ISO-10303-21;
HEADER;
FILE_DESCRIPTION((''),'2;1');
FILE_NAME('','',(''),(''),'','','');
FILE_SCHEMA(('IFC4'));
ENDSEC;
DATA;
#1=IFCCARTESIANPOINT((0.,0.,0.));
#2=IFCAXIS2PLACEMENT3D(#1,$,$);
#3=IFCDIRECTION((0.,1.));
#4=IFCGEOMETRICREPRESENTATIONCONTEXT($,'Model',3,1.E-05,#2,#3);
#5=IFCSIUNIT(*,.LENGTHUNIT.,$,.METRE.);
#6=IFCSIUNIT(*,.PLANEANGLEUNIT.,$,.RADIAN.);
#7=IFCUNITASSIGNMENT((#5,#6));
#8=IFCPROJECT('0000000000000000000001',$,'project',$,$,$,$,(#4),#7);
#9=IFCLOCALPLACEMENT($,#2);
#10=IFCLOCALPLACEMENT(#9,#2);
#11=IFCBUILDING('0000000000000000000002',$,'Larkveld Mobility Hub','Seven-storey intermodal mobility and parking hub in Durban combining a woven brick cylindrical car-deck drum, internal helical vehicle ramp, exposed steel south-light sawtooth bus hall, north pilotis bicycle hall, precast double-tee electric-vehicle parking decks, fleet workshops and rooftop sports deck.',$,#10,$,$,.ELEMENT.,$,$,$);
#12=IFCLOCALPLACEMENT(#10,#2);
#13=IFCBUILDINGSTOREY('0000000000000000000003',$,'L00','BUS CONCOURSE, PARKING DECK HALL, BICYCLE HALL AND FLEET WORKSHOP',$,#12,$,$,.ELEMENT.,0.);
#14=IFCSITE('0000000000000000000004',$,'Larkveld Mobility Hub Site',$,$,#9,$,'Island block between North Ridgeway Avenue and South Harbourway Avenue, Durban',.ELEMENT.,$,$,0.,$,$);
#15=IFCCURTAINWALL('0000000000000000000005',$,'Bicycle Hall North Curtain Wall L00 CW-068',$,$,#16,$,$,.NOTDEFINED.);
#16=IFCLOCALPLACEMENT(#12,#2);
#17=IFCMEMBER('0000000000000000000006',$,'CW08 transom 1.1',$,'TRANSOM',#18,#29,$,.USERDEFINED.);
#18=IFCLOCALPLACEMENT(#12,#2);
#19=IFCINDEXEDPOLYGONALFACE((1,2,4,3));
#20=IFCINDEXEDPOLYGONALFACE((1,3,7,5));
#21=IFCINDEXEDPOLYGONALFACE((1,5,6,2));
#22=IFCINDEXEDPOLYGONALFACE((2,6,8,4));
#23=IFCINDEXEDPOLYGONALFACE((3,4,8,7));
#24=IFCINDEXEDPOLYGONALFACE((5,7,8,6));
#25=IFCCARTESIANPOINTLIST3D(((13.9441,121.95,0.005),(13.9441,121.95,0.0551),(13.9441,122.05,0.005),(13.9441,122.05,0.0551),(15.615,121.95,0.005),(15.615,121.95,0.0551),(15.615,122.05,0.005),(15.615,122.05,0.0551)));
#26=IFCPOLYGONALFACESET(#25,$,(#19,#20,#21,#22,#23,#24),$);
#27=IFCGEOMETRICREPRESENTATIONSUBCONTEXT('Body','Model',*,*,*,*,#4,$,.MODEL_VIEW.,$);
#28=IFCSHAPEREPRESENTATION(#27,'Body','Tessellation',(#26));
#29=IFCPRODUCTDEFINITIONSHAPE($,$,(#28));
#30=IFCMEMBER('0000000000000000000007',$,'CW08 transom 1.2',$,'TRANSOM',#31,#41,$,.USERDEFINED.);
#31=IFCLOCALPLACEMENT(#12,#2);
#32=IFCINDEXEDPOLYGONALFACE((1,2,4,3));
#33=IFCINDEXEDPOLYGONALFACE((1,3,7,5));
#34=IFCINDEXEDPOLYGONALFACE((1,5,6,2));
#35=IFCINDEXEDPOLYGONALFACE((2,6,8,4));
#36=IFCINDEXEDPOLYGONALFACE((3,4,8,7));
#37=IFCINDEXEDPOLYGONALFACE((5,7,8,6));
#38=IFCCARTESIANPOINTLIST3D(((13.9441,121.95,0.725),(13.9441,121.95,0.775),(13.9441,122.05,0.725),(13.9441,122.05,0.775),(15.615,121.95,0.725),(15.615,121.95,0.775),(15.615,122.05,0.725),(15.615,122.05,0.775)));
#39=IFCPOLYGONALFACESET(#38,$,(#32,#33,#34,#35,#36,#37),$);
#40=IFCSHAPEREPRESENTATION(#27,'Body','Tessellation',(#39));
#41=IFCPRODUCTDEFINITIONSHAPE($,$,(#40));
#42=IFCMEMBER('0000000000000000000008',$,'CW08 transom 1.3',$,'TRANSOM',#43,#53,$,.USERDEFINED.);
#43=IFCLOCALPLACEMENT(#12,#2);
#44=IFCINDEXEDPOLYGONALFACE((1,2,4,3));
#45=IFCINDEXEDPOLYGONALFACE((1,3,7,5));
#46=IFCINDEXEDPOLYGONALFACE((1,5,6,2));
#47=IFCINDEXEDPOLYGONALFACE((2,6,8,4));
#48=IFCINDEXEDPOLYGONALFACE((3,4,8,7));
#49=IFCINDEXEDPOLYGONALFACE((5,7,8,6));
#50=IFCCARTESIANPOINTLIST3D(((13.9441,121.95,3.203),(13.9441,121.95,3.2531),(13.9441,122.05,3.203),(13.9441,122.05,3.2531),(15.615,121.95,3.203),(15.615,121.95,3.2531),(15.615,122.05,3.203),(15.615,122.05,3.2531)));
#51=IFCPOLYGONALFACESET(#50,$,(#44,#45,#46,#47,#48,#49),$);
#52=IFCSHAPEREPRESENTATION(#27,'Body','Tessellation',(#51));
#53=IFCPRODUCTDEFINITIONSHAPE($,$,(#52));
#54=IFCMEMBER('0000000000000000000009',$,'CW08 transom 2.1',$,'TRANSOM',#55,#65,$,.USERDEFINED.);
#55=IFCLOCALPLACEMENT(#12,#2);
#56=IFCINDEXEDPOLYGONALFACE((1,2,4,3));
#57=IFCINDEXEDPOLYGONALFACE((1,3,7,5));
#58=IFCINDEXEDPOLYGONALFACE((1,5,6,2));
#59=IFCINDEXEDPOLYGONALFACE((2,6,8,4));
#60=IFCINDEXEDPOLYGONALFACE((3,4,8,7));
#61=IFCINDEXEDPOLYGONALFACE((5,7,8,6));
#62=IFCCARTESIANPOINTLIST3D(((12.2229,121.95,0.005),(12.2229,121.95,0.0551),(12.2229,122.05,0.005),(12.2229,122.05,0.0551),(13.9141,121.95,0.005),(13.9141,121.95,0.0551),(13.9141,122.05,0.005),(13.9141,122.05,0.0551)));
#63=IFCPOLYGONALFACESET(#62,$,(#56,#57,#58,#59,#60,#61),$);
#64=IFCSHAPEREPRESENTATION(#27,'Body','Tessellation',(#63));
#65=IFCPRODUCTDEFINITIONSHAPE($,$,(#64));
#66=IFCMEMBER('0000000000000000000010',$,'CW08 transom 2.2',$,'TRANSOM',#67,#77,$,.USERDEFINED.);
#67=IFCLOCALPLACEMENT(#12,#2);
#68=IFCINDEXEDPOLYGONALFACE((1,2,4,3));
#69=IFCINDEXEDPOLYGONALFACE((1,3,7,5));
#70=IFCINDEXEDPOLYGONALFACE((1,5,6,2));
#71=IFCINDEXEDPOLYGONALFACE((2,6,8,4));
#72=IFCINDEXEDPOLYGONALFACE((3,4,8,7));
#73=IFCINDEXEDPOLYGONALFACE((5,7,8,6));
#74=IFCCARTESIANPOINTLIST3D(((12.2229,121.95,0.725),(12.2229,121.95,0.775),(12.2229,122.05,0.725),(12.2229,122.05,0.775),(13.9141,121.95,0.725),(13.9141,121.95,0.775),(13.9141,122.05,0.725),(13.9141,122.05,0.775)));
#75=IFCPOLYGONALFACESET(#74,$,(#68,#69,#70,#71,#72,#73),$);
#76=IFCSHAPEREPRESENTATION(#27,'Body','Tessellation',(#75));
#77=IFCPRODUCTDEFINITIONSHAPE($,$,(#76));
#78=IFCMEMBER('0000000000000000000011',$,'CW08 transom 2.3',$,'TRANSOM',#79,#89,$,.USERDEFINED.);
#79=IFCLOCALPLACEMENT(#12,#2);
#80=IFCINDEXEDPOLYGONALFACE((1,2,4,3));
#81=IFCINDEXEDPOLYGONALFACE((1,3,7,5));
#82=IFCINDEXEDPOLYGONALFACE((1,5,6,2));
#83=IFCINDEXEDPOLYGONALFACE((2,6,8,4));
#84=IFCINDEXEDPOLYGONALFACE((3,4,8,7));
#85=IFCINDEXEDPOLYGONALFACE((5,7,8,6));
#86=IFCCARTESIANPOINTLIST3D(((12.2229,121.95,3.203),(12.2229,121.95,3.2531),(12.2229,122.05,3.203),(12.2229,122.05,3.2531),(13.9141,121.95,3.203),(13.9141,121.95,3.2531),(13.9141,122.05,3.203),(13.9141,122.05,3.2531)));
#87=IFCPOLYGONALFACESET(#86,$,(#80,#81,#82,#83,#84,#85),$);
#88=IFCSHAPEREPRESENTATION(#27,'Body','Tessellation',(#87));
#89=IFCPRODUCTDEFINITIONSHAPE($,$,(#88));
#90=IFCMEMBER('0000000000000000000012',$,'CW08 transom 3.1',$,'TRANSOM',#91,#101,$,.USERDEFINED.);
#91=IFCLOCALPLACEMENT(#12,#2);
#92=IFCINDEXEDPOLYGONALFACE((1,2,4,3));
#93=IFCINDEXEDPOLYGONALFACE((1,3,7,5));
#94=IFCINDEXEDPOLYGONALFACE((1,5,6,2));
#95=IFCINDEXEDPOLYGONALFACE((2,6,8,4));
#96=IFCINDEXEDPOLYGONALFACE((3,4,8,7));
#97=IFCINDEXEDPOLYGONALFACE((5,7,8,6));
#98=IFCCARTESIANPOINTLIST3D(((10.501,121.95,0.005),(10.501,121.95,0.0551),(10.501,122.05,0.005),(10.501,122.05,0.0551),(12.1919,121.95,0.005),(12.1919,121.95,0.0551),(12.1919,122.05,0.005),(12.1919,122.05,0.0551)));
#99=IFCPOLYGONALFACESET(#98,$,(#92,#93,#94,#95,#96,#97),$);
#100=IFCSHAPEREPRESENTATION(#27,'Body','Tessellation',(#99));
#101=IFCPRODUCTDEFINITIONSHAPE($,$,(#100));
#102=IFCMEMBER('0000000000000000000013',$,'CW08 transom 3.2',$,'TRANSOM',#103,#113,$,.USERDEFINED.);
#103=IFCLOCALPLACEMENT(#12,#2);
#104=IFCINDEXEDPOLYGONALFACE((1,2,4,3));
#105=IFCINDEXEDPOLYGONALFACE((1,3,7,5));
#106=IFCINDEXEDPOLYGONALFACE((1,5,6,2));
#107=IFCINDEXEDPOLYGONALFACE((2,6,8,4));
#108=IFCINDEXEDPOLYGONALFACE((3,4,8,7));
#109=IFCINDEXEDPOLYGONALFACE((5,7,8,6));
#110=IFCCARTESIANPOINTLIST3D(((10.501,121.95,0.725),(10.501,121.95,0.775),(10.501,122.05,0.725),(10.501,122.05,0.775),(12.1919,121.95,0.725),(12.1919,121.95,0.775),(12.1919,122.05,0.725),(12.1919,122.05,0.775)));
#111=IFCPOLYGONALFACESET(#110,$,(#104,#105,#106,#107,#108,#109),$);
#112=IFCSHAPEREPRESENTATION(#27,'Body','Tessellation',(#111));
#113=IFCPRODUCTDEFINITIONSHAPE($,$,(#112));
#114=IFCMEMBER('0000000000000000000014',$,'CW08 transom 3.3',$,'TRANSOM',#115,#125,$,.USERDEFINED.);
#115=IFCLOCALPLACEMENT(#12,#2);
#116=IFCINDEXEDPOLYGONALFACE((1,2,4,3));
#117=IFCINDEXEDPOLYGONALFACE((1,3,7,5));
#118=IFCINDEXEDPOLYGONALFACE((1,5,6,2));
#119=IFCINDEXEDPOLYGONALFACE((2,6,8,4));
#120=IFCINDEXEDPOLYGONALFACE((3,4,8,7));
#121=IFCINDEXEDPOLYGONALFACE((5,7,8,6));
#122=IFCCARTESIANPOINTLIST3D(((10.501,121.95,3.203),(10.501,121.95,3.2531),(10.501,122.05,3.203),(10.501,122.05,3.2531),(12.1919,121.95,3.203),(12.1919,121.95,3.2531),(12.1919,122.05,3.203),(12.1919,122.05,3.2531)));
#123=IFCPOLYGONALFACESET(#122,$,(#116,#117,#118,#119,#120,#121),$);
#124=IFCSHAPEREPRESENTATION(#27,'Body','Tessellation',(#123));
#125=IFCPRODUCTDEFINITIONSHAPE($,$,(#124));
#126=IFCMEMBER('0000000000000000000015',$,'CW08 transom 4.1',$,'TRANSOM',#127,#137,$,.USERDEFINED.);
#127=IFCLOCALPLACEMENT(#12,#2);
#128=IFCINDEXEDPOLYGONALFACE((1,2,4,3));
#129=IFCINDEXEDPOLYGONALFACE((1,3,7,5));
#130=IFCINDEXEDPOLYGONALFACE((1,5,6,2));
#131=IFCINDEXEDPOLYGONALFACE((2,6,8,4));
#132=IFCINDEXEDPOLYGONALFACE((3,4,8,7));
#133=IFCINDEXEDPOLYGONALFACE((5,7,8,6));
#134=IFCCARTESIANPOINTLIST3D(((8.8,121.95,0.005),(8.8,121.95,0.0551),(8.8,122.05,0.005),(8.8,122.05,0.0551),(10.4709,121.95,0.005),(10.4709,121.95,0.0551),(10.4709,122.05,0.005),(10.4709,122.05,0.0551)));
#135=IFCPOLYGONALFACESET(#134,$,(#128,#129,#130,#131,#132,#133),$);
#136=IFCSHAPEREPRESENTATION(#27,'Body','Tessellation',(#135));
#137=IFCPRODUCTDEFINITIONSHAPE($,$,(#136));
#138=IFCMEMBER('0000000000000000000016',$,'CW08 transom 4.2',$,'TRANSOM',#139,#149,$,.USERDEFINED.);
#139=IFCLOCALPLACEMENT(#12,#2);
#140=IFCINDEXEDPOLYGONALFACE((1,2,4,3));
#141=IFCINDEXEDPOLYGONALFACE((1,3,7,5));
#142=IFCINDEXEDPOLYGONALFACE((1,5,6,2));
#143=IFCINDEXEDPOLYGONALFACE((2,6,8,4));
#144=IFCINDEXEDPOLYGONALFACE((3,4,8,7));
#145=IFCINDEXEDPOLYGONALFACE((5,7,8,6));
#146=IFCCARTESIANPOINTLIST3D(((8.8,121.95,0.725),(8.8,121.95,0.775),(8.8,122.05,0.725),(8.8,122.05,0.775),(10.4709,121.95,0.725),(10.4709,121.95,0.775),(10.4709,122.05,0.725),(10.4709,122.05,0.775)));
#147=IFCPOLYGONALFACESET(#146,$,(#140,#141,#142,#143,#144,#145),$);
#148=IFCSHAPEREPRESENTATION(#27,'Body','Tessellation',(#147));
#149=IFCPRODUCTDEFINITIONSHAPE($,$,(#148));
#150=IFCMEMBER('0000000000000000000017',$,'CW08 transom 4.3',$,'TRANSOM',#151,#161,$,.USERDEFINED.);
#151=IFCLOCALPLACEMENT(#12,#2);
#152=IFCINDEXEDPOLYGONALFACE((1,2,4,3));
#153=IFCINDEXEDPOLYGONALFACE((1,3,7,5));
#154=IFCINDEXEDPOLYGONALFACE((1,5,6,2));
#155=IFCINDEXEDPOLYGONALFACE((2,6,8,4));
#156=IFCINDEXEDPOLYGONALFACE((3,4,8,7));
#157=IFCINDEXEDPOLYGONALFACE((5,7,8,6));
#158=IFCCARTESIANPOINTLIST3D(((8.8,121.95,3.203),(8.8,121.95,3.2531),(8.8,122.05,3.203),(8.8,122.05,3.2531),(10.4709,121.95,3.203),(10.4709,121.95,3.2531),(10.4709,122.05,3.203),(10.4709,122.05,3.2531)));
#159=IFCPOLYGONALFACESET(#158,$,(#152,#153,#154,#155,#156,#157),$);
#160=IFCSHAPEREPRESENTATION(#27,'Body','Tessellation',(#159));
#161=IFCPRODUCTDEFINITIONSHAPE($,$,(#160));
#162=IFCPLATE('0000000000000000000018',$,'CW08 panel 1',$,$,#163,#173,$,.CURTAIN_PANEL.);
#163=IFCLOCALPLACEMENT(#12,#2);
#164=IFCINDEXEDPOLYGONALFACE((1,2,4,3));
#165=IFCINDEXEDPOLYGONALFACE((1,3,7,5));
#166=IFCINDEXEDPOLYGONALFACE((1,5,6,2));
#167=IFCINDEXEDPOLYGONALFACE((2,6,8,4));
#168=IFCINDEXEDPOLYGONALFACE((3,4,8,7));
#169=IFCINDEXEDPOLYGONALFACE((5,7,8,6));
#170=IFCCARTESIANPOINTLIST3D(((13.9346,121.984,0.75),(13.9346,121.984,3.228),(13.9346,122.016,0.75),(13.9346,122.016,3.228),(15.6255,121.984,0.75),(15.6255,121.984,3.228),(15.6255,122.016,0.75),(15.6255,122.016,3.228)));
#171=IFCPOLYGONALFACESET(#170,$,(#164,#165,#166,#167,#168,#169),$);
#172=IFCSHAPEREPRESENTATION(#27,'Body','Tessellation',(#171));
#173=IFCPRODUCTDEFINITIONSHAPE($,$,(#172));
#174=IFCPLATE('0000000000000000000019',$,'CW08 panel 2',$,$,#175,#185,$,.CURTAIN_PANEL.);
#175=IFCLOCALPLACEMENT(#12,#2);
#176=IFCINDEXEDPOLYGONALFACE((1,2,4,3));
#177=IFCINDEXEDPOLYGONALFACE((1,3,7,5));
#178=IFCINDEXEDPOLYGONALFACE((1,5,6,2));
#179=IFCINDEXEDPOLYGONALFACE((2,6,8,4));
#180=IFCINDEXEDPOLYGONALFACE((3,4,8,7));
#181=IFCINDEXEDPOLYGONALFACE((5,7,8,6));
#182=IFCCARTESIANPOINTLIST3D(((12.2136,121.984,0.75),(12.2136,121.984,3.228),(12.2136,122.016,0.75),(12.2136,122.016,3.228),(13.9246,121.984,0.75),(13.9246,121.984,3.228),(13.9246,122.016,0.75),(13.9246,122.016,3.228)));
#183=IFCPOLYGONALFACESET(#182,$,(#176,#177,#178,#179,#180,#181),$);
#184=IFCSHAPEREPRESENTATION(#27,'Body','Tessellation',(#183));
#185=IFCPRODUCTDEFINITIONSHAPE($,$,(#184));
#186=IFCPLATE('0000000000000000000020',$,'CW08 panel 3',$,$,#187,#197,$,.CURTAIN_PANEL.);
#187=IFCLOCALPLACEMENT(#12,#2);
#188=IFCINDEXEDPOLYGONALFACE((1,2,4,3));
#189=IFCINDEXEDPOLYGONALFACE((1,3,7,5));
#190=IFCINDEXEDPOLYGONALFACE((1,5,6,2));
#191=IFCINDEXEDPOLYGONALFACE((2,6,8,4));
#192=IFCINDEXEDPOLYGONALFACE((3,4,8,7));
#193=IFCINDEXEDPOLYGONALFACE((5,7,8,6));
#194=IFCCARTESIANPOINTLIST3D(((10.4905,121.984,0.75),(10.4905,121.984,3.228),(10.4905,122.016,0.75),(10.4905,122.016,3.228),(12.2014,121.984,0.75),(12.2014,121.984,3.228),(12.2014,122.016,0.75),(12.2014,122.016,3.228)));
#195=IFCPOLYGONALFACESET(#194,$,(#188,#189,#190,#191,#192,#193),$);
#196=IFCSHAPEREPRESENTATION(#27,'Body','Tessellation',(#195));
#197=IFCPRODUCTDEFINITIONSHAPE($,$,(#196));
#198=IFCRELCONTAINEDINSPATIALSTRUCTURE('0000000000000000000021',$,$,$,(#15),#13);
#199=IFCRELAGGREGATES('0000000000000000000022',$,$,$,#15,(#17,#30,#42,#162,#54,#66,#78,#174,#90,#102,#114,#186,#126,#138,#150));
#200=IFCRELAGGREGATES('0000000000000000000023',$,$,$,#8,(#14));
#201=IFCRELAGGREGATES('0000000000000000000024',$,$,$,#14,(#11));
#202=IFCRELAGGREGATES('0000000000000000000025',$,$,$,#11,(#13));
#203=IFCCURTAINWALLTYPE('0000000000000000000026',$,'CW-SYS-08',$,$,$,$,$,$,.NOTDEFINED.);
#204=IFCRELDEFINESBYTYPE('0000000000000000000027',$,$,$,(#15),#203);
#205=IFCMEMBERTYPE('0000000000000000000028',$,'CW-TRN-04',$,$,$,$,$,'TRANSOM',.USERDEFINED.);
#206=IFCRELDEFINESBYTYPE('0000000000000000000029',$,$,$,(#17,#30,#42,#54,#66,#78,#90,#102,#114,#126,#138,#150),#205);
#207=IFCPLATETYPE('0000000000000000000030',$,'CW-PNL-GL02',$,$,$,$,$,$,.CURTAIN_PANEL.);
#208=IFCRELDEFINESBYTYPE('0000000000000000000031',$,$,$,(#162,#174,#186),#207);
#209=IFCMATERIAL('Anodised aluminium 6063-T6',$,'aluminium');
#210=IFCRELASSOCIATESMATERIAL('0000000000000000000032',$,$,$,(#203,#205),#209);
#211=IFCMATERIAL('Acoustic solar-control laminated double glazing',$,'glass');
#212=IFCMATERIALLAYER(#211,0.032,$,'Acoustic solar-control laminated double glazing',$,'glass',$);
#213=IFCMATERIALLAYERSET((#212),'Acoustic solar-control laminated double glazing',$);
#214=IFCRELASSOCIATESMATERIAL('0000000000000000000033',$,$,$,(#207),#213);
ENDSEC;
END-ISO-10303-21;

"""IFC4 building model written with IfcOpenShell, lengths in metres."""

from ifc_helpers import new_model, si_unit, direction, frame, origin, origin_2d, place, context, subcontext, project, spatial, rectangle, extrude, material, layer, layer_set, material_profile, profile_set, type_object, element, aggregate, save


model = new_model("IFC4")

# Units and contexts
model_context = context("Model", 3, precision=1e-05, world=origin(), true_north=direction((0.0, 1.0)))
body_context = subcontext(model_context, "Body", "Model", "MODEL_VIEW")
ifc_project = project(units=[si_unit("LENGTHUNIT", "METRE"), si_unit("PLANEANGLEUNIT", "RADIAN")], contexts=[model_context])

# Site, building, storey
site_placement = place(None, origin())
site = spatial("IfcSite", under=ifc_project, at=site_placement, Name="Larkveld Mobility Hub Site", LongName="Island block between North Ridgeway Avenue and South Harbourway Avenue, Durban", CompositionType="ELEMENT", RefElevation=0.0)
building_placement = place(site_placement, origin())
building = spatial("IfcBuilding", under=site, at=building_placement, Name="Larkveld Mobility Hub", Description="Seven-storey intermodal mobility and parking hub in Durban combining a woven brick cylindrical car-deck drum, internal helical vehicle ramp, exposed steel south-light sawtooth bus hall, north pilotis bicycle hall, precast double-tee electric-vehicle parking decks, fleet workshops and rooftop sports deck.", CompositionType="ELEMENT")
storey_placement = place(building_placement, origin())
storey = spatial("IfcBuildingStorey", under=building, at=storey_placement, Name="L00", Description="BUS CONCOURSE, PARKING DECK HALL, BICYCLE HALL AND FLEET WORKSHOP", CompositionType="ELEMENT", Elevation=0.0)

# Curtain wall, members, plates
ifc_material_1 = material(Name="Anodised aluminium 6063-T6", Category="aluminium")
curtain_wall_type = type_object("IfcCurtainWallType", Name="CW-SYS-08", PredefinedType="NOTDEFINED", material=ifc_material_1)
curtain_wall_placement = place(storey_placement, origin())
curtain_wall = element("IfcCurtainWall", 1, at=curtain_wall_placement, inside=storey, type_object=curtain_wall_type, Name="Bicycle Hall North Curtain Wall L00 CW-068", PredefinedType="NOTDEFINED")
ifc_material_profile_1 = material_profile(ifc_material_1, rectangle(XDim=0.1001, YDim=0.05, at=origin_2d()), Name="ALU TRAN 50x100")
ifc_profile_set_1 = profile_set([ifc_material_profile_1], Name="Anodised aluminium 6063-T6")
member_type_1 = type_object("IfcMemberType", Name="CW-TRN-04", ElementType="TRANSOM", PredefinedType="USERDEFINED", material=ifc_profile_set_1)
member_1_placement = place(storey_placement, frame((15.615, 122.0, 0.03), z_axis=(-1.0, 0.0, 0.0), x_axis=(0.0, -1.0, 0.0)))
member_1 = element("IfcMember", 2, at=member_1_placement, type_object=member_type_1, Name="CW08 transom 1.1", ObjectType="TRANSOM", PredefinedType="USERDEFINED", context=body_context, shape_type="SweptSolid", body=[
    extrude(rectangle(XDim=0.1001, YDim=0.05, at=origin_2d()), origin(), (0.0, 0.0, 1.0), 1.6709),
])
member_2_placement = place(storey_placement, frame((15.615, 122.0, 0.75), z_axis=(-1.0, 0.0, 0.0), x_axis=(0.0, -1.0, 0.0)))
member_2 = element("IfcMember", 3, at=member_2_placement, type_object=member_type_1, Name="CW08 transom 1.2", ObjectType="TRANSOM", PredefinedType="USERDEFINED", context=body_context, shape_type="SweptSolid", body=[
    extrude(rectangle(XDim=0.1001, YDim=0.05, at=origin_2d()), origin(), (0.0, 0.0, 1.0), 1.6709),
])
member_3_placement = place(storey_placement, frame((15.615, 122.0, 3.228), z_axis=(-1.0, 0.0, 0.0), x_axis=(0.0, -1.0, 0.0)))
member_3 = element("IfcMember", 4, at=member_3_placement, type_object=member_type_1, Name="CW08 transom 1.3", ObjectType="TRANSOM", PredefinedType="USERDEFINED", context=body_context, shape_type="SweptSolid", body=[
    extrude(rectangle(XDim=0.1001, YDim=0.05, at=origin_2d()), origin(), (0.0, 0.0, 1.0), 1.6709),
])
member_4_placement = place(storey_placement, frame((13.9141, 122.0, 0.03), z_axis=(-1.0, 0.0, 0.0), x_axis=(0.0, -1.0, 0.0)))
member_4 = element("IfcMember", 5, at=member_4_placement, type_object=member_type_1, Name="CW08 transom 2.1", ObjectType="TRANSOM", PredefinedType="USERDEFINED", context=body_context, shape_type="SweptSolid", body=[
    extrude(rectangle(XDim=0.1001, YDim=0.05, at=origin_2d()), origin(), (0.0, 0.0, 1.0), 1.6912),
])
member_5_placement = place(storey_placement, frame((13.9141, 122.0, 0.75), z_axis=(-1.0, 0.0, 0.0), x_axis=(0.0, -1.0, 0.0)))
member_5 = element("IfcMember", 6, at=member_5_placement, type_object=member_type_1, Name="CW08 transom 2.2", ObjectType="TRANSOM", PredefinedType="USERDEFINED", context=body_context, shape_type="SweptSolid", body=[
    extrude(rectangle(XDim=0.1001, YDim=0.05, at=origin_2d()), origin(), (0.0, 0.0, 1.0), 1.6912),
])
member_6_placement = place(storey_placement, frame((13.9141, 122.0, 3.228), z_axis=(-1.0, 0.0, 0.0), x_axis=(0.0, -1.0, 0.0)))
member_6 = element("IfcMember", 7, at=member_6_placement, type_object=member_type_1, Name="CW08 transom 2.3", ObjectType="TRANSOM", PredefinedType="USERDEFINED", context=body_context, shape_type="SweptSolid", body=[
    extrude(rectangle(XDim=0.1001, YDim=0.05, at=origin_2d()), origin(), (0.0, 0.0, 1.0), 1.6912),
])
member_7_placement = place(storey_placement, frame((12.1919, 122.0, 0.03), z_axis=(-1.0, 0.0, 0.0), x_axis=(0.0, -1.0, 0.0)))
member_7 = element("IfcMember", 8, at=member_7_placement, type_object=member_type_1, Name="CW08 transom 3.1", ObjectType="TRANSOM", PredefinedType="USERDEFINED", context=body_context, shape_type="SweptSolid", body=[
    extrude(rectangle(XDim=0.1001, YDim=0.05, at=origin_2d()), origin(), (0.0, 0.0, 1.0), 1.6909),
])
member_8_placement = place(storey_placement, frame((12.1919, 122.0, 0.75), z_axis=(-1.0, 0.0, 0.0), x_axis=(0.0, -1.0, 0.0)))
member_8 = element("IfcMember", 9, at=member_8_placement, type_object=member_type_1, Name="CW08 transom 3.2", ObjectType="TRANSOM", PredefinedType="USERDEFINED", context=body_context, shape_type="SweptSolid", body=[
    extrude(rectangle(XDim=0.1001, YDim=0.05, at=origin_2d()), origin(), (0.0, 0.0, 1.0), 1.6909),
])
member_9_placement = place(storey_placement, frame((12.1919, 122.0, 3.228), z_axis=(-1.0, 0.0, 0.0), x_axis=(0.0, -1.0, 0.0)))
member_9 = element("IfcMember", 10, at=member_9_placement, type_object=member_type_1, Name="CW08 transom 3.3", ObjectType="TRANSOM", PredefinedType="USERDEFINED", context=body_context, shape_type="SweptSolid", body=[
    extrude(rectangle(XDim=0.1001, YDim=0.05, at=origin_2d()), origin(), (0.0, 0.0, 1.0), 1.6909),
])
member_10_placement = place(storey_placement, frame((10.4709, 122.0, 0.03), z_axis=(-1.0, 0.0, 0.0), x_axis=(0.0, -1.0, 0.0)))
member_10 = element("IfcMember", 11, at=member_10_placement, type_object=member_type_1, Name="CW08 transom 4.1", ObjectType="TRANSOM", PredefinedType="USERDEFINED", context=body_context, shape_type="SweptSolid", body=[
    extrude(rectangle(XDim=0.1001, YDim=0.05, at=origin_2d()), origin(), (0.0, 0.0, 1.0), 1.6709),
])
member_11_placement = place(storey_placement, frame((10.4709, 122.0, 0.75), z_axis=(-1.0, 0.0, 0.0), x_axis=(0.0, -1.0, 0.0)))
member_11 = element("IfcMember", 12, at=member_11_placement, type_object=member_type_1, Name="CW08 transom 4.2", ObjectType="TRANSOM", PredefinedType="USERDEFINED", context=body_context, shape_type="SweptSolid", body=[
    extrude(rectangle(XDim=0.1001, YDim=0.05, at=origin_2d()), origin(), (0.0, 0.0, 1.0), 1.6709),
])
member_12_placement = place(storey_placement, frame((10.4709, 122.0, 3.228), z_axis=(-1.0, 0.0, 0.0), x_axis=(0.0, -1.0, 0.0)))
member_12 = element("IfcMember", 13, at=member_12_placement, type_object=member_type_1, Name="CW08 transom 4.3", ObjectType="TRANSOM", PredefinedType="USERDEFINED", context=body_context, shape_type="SweptSolid", body=[
    extrude(rectangle(XDim=0.1001, YDim=0.05, at=origin_2d()), origin(), (0.0, 0.0, 1.0), 1.6709),
])
ifc_material_2 = material(Name="Acoustic solar-control laminated double glazing", Category="glass")
ifc_layer_1 = layer(ifc_material_2, 0.032, Name="Acoustic solar-control laminated double glazing", Category="glass")
ifc_layer_set_1 = layer_set([ifc_layer_1], Name="Acoustic solar-control laminated double glazing")
plate_type_1 = type_object("IfcPlateType", Name="CW-PNL-GL02", PredefinedType="CURTAIN_PANEL", material=ifc_layer_set_1)
plate_1_placement = place(storey_placement, frame((14.78, 122.0, 0.75), z_axis=(0.0, 0.0, 1.0), x_axis=(-1.0, 0.0, 0.0)))
plate_1 = element("IfcPlate", 14, at=plate_1_placement, type_object=plate_type_1, Name="CW08 panel 1", PredefinedType="CURTAIN_PANEL", context=body_context, shape_type="SweptSolid", body=[
    extrude(rectangle(XDim=1.6909, YDim=0.032, at=origin_2d()), origin(), (0.0, 0.0, 1.0), 2.478),
])
plate_2_placement = place(storey_placement, frame((13.0691, 122.0, 0.75), z_axis=(0.0, 0.0, 1.0), x_axis=(-1.0, 0.0, 0.0)))
plate_2 = element("IfcPlate", 15, at=plate_2_placement, type_object=plate_type_1, Name="CW08 panel 2", PredefinedType="CURTAIN_PANEL", context=body_context, shape_type="SweptSolid", body=[
    extrude(rectangle(XDim=1.7109, YDim=0.032, at=origin_2d()), origin(), (0.0, 0.0, 1.0), 2.478),
])
plate_3_placement = place(storey_placement, frame((11.3459, 122.0, 0.75), z_axis=(0.0, 0.0, 1.0), x_axis=(-1.0, 0.0, 0.0)))
plate_3 = element("IfcPlate", 16, at=plate_3_placement, type_object=plate_type_1, Name="CW08 panel 3", PredefinedType="CURTAIN_PANEL", context=body_context, shape_type="SweptSolid", body=[
    extrude(rectangle(XDim=1.7109, YDim=0.032, at=origin_2d()), origin(), (0.0, 0.0, 1.0), 2.478),
])
aggregate(curtain_wall, [member_1, member_2, member_3, plate_1, member_4, member_5, member_6, plate_2, member_7, member_8, member_9, plate_3, member_10, member_11, member_12])

save(model, "model.ifc")
